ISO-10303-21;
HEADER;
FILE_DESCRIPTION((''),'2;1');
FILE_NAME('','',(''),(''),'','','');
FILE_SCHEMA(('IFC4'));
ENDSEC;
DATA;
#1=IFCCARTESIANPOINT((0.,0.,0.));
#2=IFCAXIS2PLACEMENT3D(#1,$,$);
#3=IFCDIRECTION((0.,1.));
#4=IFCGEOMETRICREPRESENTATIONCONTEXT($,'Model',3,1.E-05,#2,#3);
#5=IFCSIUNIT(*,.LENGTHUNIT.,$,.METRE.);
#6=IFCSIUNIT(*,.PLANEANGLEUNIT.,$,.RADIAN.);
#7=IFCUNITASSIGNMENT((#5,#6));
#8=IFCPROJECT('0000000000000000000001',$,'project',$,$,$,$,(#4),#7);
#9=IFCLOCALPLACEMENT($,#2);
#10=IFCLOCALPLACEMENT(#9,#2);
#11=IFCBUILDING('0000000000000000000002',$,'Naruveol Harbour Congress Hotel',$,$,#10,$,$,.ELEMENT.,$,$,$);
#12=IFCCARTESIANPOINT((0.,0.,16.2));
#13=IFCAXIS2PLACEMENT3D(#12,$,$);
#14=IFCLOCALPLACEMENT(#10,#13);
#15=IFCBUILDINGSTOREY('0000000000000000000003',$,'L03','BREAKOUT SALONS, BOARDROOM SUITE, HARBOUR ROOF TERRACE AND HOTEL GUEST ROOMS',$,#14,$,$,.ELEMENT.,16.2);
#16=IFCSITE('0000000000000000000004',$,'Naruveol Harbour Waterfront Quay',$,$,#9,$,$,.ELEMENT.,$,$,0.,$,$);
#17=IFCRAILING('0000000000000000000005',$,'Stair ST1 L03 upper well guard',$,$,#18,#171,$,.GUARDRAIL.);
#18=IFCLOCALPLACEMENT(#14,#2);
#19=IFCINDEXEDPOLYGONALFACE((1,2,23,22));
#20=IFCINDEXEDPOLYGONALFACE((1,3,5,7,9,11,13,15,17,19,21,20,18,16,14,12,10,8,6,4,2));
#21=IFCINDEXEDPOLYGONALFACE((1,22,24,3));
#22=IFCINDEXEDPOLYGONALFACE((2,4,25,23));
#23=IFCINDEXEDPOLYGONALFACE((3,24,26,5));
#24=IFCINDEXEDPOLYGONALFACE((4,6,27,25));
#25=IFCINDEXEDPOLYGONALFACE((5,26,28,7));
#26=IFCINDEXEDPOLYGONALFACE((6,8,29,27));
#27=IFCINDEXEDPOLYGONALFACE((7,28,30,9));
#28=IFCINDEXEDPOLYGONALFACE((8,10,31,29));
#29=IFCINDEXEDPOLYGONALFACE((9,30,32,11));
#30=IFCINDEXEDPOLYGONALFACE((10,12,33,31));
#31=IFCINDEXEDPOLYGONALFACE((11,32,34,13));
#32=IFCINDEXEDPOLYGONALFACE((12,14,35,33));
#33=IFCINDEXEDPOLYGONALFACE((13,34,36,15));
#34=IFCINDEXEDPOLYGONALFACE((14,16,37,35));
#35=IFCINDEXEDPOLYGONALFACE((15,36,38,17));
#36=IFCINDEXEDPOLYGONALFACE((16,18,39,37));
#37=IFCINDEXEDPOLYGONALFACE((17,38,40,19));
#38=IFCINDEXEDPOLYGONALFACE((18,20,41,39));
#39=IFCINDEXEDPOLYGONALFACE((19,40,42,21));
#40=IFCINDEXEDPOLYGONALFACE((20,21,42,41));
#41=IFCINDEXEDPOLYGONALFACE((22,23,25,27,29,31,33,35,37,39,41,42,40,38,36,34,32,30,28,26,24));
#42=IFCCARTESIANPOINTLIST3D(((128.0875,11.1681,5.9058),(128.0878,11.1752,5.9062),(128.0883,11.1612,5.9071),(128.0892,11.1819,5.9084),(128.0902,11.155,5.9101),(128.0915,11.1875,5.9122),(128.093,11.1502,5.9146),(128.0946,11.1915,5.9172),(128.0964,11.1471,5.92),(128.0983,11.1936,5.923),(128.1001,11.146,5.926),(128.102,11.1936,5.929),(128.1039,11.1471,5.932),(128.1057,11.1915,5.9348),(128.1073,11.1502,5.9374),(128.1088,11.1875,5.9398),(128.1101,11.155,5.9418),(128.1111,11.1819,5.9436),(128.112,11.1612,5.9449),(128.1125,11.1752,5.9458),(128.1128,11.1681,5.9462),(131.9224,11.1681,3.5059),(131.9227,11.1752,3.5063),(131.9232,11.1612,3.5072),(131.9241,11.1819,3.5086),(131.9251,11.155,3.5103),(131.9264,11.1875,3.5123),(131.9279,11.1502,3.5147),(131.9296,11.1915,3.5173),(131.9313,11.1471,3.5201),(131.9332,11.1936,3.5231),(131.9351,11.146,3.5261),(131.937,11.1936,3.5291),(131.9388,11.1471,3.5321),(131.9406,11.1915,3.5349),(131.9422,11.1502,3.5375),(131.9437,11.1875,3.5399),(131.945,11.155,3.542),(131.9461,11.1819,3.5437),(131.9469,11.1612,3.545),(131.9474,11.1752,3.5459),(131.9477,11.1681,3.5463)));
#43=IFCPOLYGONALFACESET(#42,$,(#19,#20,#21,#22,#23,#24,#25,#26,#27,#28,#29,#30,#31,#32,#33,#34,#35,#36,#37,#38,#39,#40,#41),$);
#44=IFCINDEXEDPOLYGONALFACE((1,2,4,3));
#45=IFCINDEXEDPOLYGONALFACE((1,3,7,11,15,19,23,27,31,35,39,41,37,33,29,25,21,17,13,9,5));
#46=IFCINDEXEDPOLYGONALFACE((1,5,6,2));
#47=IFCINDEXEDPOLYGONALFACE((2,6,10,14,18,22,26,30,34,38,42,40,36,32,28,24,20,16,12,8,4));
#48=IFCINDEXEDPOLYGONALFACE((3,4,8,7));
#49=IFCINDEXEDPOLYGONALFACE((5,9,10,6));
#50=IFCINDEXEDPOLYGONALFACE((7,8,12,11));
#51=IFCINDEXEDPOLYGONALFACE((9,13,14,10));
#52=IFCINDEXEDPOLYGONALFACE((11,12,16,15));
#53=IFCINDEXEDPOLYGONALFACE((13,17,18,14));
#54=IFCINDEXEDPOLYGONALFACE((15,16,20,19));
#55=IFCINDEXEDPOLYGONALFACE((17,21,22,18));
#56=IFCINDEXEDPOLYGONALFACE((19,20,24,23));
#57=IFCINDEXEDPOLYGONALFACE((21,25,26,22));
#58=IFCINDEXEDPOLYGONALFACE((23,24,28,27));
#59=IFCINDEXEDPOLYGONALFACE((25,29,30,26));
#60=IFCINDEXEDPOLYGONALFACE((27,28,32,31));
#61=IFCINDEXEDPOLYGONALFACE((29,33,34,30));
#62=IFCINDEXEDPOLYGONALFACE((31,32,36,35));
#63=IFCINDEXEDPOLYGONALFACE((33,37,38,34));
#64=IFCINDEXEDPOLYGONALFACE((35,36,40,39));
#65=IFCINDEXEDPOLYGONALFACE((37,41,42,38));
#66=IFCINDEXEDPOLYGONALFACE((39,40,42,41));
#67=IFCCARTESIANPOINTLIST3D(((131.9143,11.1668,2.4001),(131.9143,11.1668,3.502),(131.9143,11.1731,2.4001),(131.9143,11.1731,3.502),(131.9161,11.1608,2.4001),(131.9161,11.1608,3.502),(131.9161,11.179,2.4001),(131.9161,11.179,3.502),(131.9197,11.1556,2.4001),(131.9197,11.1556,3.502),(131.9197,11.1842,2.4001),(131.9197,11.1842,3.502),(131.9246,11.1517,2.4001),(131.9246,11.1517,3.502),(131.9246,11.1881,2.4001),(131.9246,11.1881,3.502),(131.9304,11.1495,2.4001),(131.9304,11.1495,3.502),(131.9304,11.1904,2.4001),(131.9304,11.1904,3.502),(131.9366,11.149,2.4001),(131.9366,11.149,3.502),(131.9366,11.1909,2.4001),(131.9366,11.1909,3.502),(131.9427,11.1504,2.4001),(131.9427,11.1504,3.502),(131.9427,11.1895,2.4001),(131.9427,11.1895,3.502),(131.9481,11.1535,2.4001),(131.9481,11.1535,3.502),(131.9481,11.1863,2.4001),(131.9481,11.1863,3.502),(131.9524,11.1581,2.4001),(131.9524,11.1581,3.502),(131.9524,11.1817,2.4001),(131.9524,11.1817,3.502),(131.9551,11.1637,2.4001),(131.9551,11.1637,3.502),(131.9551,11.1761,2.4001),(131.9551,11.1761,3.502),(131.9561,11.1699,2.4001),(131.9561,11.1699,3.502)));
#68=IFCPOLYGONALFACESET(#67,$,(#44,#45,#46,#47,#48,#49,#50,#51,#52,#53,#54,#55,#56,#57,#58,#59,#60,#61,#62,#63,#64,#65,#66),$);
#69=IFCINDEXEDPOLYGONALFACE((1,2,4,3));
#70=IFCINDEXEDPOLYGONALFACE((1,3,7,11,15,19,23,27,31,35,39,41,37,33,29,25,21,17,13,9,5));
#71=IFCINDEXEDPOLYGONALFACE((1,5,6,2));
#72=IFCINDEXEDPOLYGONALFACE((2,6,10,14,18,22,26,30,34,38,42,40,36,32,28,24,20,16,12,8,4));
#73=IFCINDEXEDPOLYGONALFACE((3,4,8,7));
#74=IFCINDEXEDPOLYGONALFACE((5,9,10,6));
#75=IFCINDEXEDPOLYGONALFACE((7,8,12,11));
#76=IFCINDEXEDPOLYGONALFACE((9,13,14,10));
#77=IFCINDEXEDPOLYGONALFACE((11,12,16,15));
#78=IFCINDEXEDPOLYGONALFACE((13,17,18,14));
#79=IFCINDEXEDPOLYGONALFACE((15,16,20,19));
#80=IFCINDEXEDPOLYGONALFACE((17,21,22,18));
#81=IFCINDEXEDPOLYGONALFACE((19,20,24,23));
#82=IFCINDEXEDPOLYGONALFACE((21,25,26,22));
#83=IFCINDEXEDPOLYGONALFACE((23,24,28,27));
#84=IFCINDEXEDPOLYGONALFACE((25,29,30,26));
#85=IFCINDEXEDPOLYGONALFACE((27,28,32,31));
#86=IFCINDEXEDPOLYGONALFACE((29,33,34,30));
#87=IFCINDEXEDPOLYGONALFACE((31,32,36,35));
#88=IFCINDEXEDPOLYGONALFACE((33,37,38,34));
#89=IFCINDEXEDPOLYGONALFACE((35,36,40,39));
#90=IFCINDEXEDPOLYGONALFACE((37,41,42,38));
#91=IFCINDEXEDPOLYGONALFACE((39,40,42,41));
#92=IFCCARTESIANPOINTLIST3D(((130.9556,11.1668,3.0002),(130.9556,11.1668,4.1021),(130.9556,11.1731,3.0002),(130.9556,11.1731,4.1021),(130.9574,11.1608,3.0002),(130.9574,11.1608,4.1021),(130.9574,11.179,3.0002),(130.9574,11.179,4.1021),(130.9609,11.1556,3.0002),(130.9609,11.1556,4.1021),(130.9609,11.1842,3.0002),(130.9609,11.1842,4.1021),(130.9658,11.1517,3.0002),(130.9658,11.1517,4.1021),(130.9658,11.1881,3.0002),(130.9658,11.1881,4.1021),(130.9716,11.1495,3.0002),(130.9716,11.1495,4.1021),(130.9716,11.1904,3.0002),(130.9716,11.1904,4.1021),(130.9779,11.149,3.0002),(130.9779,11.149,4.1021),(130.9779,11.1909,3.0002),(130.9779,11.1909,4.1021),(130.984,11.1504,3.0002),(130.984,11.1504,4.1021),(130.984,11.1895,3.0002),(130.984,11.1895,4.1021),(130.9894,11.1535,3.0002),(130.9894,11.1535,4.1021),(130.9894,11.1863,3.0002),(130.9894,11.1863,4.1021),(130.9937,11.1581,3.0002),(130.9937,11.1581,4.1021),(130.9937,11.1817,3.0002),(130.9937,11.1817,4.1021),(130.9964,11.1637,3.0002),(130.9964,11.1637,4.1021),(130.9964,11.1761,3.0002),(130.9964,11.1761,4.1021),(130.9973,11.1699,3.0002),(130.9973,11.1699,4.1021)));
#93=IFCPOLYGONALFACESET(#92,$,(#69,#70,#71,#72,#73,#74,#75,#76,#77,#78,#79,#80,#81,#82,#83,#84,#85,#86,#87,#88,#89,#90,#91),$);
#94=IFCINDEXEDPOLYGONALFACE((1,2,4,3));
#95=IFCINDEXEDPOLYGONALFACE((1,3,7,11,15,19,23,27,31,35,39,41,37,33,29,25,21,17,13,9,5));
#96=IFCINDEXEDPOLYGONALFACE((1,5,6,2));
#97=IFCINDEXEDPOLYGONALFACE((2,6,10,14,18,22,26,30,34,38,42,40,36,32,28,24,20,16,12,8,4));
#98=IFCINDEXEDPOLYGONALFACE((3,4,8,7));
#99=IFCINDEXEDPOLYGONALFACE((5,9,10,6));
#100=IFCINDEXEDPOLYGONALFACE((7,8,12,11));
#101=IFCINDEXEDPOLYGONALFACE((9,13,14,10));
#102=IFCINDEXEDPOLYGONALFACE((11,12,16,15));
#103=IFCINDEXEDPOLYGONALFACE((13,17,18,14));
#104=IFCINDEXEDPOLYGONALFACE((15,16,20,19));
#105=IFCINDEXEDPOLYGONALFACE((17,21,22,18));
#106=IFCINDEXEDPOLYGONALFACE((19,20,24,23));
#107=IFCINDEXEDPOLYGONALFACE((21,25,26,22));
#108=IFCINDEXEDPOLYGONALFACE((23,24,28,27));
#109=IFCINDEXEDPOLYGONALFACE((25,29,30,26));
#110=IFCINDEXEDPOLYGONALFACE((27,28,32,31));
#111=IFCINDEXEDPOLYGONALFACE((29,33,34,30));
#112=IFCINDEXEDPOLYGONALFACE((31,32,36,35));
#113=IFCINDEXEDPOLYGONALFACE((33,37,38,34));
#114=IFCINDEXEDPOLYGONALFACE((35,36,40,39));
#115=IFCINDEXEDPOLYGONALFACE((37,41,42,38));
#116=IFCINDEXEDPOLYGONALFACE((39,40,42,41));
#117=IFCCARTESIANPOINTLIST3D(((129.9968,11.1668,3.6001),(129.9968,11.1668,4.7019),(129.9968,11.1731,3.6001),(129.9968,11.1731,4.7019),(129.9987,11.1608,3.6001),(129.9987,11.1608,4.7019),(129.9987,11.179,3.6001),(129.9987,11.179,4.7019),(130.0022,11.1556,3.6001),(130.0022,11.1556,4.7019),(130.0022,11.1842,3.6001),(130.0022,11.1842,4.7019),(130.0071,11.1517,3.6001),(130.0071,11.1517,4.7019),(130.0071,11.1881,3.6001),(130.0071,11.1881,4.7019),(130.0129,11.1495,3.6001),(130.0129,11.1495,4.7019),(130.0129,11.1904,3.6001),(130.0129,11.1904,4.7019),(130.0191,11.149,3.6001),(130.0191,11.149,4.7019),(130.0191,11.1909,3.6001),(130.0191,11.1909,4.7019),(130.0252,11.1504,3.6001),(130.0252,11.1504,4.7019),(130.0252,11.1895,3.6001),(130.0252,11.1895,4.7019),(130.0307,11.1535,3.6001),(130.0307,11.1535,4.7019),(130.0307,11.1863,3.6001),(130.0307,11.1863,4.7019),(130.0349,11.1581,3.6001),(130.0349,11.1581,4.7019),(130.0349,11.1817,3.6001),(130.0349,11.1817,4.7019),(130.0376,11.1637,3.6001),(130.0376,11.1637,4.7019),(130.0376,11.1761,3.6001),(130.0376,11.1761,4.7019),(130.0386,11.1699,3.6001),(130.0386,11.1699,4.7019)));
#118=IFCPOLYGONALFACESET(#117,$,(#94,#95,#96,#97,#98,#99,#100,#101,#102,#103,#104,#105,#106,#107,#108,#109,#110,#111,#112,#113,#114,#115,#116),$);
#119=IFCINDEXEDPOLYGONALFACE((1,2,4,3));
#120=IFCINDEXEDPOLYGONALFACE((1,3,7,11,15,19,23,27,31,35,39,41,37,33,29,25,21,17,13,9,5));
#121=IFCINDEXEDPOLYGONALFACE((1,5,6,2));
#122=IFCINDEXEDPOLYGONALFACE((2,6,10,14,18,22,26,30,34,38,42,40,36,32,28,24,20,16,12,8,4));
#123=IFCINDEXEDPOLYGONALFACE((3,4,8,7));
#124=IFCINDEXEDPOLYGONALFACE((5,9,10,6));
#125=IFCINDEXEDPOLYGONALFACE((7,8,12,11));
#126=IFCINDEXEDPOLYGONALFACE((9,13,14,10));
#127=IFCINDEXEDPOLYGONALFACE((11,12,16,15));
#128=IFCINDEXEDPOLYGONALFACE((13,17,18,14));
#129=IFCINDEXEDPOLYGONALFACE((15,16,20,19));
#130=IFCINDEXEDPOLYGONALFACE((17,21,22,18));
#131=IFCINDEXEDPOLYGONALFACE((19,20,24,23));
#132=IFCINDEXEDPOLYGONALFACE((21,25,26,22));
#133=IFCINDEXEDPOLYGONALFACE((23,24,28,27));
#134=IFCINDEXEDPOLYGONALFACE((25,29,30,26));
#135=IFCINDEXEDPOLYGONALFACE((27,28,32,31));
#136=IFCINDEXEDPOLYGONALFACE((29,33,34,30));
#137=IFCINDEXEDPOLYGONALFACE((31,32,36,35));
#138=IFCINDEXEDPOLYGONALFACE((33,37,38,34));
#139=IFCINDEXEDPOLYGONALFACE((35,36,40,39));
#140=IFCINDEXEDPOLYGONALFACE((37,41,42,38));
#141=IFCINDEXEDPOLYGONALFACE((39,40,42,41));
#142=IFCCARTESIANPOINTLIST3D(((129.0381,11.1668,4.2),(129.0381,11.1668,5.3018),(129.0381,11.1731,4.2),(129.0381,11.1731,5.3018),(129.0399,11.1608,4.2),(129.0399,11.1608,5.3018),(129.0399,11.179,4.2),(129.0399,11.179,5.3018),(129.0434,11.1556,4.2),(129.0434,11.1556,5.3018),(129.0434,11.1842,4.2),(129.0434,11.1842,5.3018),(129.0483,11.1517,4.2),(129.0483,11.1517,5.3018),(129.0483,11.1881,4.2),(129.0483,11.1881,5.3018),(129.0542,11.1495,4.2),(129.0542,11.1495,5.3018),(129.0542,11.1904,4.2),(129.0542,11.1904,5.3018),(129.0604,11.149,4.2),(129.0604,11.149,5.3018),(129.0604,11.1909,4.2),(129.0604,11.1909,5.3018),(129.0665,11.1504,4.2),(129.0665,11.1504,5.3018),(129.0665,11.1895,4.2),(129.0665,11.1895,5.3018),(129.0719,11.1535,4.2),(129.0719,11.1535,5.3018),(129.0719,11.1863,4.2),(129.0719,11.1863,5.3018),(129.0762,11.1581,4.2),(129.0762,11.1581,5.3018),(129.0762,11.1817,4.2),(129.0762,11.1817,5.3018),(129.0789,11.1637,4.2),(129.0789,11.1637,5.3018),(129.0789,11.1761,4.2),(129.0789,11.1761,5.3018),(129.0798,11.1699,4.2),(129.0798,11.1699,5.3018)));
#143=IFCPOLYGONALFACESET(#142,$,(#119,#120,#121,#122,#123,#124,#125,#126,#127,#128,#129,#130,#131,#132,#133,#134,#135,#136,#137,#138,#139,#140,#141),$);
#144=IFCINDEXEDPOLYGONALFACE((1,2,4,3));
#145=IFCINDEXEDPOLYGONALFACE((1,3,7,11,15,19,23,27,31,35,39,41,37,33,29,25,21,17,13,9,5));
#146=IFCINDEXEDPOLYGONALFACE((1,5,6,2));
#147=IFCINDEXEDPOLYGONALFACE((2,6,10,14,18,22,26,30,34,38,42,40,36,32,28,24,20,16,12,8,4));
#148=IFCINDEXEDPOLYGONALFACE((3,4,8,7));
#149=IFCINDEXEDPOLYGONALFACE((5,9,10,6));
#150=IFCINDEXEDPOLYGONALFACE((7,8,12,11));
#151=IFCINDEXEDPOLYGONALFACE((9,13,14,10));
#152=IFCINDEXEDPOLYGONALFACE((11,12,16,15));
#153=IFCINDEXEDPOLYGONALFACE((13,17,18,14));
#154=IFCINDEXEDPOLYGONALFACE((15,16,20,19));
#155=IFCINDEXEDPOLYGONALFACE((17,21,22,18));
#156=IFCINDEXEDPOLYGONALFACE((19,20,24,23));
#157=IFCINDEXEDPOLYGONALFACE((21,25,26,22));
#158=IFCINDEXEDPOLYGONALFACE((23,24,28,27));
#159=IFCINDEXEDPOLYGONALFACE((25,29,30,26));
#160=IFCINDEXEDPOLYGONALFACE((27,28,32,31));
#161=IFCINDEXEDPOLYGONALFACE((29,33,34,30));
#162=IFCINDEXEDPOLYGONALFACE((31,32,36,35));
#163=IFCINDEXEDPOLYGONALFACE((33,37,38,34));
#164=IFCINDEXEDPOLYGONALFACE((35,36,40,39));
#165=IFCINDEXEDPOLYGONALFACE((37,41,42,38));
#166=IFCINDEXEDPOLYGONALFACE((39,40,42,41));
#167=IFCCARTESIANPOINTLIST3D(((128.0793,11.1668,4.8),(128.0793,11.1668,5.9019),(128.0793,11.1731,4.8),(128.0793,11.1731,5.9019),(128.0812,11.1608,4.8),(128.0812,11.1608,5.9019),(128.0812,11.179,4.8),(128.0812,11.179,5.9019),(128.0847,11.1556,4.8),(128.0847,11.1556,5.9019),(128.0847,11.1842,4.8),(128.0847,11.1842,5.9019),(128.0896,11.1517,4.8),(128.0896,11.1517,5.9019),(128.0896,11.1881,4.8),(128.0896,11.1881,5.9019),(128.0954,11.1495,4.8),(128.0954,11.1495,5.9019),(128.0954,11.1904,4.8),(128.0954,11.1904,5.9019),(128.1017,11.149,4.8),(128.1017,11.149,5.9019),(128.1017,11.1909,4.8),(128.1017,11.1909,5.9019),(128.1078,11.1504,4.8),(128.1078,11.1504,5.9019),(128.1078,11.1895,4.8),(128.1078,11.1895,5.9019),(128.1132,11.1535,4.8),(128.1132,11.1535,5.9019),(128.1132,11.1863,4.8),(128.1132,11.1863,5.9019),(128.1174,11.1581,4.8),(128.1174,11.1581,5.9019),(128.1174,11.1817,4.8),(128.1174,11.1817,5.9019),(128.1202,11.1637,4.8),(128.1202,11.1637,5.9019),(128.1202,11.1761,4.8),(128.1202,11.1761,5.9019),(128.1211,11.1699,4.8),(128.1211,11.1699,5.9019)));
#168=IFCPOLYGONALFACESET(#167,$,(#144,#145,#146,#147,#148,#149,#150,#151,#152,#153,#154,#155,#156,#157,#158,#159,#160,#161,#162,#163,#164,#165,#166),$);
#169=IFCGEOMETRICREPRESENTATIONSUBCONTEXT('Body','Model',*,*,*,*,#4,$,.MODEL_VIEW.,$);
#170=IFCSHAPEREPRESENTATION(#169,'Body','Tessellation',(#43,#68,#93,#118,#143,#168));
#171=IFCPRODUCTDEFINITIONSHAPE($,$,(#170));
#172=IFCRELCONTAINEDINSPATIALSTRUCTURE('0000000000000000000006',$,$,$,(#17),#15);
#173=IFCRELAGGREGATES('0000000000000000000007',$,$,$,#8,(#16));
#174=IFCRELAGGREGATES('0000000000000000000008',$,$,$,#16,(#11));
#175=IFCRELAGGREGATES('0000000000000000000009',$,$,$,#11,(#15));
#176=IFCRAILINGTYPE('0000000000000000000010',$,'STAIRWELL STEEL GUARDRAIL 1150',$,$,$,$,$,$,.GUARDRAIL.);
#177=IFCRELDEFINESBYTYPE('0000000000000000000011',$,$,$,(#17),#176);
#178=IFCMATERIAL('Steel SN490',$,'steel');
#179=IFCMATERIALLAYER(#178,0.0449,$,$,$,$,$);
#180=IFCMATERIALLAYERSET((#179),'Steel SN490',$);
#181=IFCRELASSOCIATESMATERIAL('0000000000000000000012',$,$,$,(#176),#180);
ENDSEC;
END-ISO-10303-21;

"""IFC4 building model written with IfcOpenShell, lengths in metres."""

from ifc_helpers import new_model, si_unit, direction, frame, origin, origin_2d, place, context, subcontext, project, spatial, circle, extrude, material, layer, layer_set, type_object, element, save


model = new_model("IFC4")

# Units and contexts
model_context = context("Model", 3, precision=1e-05, world=origin(), true_north=direction((0.0, 1.0)))
body_context = subcontext(model_context, "Body", "Model", "MODEL_VIEW")
ifc_project = project(units=[si_unit("LENGTHUNIT", "METRE"), si_unit("PLANEANGLEUNIT", "RADIAN")], contexts=[model_context])

# Site, building, storey
site_placement = place(None, origin())
site = spatial("IfcSite", under=ifc_project, at=site_placement, Name="Naruveol Harbour Waterfront Quay", CompositionType="ELEMENT", RefElevation=0.0)
building_placement = place(site_placement, origin())
building = spatial("IfcBuilding", under=site, at=building_placement, Name="Naruveol Harbour Congress Hotel", CompositionType="ELEMENT")
storey_placement = place(building_placement, frame((0.0, 0.0, 16.2)))
storey = spatial("IfcBuildingStorey", under=building, at=storey_placement, Name="L03", Description="BREAKOUT SALONS, BOARDROOM SUITE, HARBOUR ROOF TERRACE AND HOTEL GUEST ROOMS", CompositionType="ELEMENT", Elevation=16.2)

# Railing
ifc_material_1 = material(Name="Steel SN490", Category="steel")
ifc_layer_1 = layer(ifc_material_1, 0.0449)
ifc_layer_set_1 = layer_set([ifc_layer_1], Name="Steel SN490")
railing_type_1 = type_object("IfcRailingType", Name="STAIRWELL STEEL GUARDRAIL 1150", PredefinedType="GUARDRAIL", material=ifc_layer_set_1)
railing_1_placement = place(storey_placement, frame((131.9351, 11.1699, 2.4001)))
element("IfcRailing", 1, at=railing_1_placement, inside=storey, type_object=railing_type_1, Name="Stair ST1 L03 upper well guard", PredefinedType="GUARDRAIL", context=body_context, shape_type="SweptSolid", body=[
    extrude(circle(Radius=0.0239, at=origin_2d()), frame((0.0, 0.0, 1.126), z_axis=(-0.847695, 0.0, 0.530484), x_axis=(0.0, -1.0, 0.0)), (0.0, 0.0, 1.0), 4.5239),
    extrude(circle(Radius=0.021, at=origin_2d()), origin(), (0.0, 0.0, 1.0), 1.1018),
    extrude(circle(Radius=0.021, at=origin_2d()), frame((-0.9587, 0.0, 0.6001)), (0.0, 0.0, 1.0), 1.1018),
    extrude(circle(Radius=0.021, at=origin_2d()), frame((-1.9175, 0.0, 1.2)), (0.0, 0.0, 1.0), 1.1018),
    extrude(circle(Radius=0.021, at=origin_2d()), frame((-2.8762, 0.0, 1.7998)), (0.0, 0.0, 1.0), 1.1018),
    extrude(circle(Radius=0.021, at=origin_2d()), frame((-3.835, 0.0, 2.3999)), (0.0, 0.0, 1.0), 1.1018),
])

save(model, "model.ifc")
